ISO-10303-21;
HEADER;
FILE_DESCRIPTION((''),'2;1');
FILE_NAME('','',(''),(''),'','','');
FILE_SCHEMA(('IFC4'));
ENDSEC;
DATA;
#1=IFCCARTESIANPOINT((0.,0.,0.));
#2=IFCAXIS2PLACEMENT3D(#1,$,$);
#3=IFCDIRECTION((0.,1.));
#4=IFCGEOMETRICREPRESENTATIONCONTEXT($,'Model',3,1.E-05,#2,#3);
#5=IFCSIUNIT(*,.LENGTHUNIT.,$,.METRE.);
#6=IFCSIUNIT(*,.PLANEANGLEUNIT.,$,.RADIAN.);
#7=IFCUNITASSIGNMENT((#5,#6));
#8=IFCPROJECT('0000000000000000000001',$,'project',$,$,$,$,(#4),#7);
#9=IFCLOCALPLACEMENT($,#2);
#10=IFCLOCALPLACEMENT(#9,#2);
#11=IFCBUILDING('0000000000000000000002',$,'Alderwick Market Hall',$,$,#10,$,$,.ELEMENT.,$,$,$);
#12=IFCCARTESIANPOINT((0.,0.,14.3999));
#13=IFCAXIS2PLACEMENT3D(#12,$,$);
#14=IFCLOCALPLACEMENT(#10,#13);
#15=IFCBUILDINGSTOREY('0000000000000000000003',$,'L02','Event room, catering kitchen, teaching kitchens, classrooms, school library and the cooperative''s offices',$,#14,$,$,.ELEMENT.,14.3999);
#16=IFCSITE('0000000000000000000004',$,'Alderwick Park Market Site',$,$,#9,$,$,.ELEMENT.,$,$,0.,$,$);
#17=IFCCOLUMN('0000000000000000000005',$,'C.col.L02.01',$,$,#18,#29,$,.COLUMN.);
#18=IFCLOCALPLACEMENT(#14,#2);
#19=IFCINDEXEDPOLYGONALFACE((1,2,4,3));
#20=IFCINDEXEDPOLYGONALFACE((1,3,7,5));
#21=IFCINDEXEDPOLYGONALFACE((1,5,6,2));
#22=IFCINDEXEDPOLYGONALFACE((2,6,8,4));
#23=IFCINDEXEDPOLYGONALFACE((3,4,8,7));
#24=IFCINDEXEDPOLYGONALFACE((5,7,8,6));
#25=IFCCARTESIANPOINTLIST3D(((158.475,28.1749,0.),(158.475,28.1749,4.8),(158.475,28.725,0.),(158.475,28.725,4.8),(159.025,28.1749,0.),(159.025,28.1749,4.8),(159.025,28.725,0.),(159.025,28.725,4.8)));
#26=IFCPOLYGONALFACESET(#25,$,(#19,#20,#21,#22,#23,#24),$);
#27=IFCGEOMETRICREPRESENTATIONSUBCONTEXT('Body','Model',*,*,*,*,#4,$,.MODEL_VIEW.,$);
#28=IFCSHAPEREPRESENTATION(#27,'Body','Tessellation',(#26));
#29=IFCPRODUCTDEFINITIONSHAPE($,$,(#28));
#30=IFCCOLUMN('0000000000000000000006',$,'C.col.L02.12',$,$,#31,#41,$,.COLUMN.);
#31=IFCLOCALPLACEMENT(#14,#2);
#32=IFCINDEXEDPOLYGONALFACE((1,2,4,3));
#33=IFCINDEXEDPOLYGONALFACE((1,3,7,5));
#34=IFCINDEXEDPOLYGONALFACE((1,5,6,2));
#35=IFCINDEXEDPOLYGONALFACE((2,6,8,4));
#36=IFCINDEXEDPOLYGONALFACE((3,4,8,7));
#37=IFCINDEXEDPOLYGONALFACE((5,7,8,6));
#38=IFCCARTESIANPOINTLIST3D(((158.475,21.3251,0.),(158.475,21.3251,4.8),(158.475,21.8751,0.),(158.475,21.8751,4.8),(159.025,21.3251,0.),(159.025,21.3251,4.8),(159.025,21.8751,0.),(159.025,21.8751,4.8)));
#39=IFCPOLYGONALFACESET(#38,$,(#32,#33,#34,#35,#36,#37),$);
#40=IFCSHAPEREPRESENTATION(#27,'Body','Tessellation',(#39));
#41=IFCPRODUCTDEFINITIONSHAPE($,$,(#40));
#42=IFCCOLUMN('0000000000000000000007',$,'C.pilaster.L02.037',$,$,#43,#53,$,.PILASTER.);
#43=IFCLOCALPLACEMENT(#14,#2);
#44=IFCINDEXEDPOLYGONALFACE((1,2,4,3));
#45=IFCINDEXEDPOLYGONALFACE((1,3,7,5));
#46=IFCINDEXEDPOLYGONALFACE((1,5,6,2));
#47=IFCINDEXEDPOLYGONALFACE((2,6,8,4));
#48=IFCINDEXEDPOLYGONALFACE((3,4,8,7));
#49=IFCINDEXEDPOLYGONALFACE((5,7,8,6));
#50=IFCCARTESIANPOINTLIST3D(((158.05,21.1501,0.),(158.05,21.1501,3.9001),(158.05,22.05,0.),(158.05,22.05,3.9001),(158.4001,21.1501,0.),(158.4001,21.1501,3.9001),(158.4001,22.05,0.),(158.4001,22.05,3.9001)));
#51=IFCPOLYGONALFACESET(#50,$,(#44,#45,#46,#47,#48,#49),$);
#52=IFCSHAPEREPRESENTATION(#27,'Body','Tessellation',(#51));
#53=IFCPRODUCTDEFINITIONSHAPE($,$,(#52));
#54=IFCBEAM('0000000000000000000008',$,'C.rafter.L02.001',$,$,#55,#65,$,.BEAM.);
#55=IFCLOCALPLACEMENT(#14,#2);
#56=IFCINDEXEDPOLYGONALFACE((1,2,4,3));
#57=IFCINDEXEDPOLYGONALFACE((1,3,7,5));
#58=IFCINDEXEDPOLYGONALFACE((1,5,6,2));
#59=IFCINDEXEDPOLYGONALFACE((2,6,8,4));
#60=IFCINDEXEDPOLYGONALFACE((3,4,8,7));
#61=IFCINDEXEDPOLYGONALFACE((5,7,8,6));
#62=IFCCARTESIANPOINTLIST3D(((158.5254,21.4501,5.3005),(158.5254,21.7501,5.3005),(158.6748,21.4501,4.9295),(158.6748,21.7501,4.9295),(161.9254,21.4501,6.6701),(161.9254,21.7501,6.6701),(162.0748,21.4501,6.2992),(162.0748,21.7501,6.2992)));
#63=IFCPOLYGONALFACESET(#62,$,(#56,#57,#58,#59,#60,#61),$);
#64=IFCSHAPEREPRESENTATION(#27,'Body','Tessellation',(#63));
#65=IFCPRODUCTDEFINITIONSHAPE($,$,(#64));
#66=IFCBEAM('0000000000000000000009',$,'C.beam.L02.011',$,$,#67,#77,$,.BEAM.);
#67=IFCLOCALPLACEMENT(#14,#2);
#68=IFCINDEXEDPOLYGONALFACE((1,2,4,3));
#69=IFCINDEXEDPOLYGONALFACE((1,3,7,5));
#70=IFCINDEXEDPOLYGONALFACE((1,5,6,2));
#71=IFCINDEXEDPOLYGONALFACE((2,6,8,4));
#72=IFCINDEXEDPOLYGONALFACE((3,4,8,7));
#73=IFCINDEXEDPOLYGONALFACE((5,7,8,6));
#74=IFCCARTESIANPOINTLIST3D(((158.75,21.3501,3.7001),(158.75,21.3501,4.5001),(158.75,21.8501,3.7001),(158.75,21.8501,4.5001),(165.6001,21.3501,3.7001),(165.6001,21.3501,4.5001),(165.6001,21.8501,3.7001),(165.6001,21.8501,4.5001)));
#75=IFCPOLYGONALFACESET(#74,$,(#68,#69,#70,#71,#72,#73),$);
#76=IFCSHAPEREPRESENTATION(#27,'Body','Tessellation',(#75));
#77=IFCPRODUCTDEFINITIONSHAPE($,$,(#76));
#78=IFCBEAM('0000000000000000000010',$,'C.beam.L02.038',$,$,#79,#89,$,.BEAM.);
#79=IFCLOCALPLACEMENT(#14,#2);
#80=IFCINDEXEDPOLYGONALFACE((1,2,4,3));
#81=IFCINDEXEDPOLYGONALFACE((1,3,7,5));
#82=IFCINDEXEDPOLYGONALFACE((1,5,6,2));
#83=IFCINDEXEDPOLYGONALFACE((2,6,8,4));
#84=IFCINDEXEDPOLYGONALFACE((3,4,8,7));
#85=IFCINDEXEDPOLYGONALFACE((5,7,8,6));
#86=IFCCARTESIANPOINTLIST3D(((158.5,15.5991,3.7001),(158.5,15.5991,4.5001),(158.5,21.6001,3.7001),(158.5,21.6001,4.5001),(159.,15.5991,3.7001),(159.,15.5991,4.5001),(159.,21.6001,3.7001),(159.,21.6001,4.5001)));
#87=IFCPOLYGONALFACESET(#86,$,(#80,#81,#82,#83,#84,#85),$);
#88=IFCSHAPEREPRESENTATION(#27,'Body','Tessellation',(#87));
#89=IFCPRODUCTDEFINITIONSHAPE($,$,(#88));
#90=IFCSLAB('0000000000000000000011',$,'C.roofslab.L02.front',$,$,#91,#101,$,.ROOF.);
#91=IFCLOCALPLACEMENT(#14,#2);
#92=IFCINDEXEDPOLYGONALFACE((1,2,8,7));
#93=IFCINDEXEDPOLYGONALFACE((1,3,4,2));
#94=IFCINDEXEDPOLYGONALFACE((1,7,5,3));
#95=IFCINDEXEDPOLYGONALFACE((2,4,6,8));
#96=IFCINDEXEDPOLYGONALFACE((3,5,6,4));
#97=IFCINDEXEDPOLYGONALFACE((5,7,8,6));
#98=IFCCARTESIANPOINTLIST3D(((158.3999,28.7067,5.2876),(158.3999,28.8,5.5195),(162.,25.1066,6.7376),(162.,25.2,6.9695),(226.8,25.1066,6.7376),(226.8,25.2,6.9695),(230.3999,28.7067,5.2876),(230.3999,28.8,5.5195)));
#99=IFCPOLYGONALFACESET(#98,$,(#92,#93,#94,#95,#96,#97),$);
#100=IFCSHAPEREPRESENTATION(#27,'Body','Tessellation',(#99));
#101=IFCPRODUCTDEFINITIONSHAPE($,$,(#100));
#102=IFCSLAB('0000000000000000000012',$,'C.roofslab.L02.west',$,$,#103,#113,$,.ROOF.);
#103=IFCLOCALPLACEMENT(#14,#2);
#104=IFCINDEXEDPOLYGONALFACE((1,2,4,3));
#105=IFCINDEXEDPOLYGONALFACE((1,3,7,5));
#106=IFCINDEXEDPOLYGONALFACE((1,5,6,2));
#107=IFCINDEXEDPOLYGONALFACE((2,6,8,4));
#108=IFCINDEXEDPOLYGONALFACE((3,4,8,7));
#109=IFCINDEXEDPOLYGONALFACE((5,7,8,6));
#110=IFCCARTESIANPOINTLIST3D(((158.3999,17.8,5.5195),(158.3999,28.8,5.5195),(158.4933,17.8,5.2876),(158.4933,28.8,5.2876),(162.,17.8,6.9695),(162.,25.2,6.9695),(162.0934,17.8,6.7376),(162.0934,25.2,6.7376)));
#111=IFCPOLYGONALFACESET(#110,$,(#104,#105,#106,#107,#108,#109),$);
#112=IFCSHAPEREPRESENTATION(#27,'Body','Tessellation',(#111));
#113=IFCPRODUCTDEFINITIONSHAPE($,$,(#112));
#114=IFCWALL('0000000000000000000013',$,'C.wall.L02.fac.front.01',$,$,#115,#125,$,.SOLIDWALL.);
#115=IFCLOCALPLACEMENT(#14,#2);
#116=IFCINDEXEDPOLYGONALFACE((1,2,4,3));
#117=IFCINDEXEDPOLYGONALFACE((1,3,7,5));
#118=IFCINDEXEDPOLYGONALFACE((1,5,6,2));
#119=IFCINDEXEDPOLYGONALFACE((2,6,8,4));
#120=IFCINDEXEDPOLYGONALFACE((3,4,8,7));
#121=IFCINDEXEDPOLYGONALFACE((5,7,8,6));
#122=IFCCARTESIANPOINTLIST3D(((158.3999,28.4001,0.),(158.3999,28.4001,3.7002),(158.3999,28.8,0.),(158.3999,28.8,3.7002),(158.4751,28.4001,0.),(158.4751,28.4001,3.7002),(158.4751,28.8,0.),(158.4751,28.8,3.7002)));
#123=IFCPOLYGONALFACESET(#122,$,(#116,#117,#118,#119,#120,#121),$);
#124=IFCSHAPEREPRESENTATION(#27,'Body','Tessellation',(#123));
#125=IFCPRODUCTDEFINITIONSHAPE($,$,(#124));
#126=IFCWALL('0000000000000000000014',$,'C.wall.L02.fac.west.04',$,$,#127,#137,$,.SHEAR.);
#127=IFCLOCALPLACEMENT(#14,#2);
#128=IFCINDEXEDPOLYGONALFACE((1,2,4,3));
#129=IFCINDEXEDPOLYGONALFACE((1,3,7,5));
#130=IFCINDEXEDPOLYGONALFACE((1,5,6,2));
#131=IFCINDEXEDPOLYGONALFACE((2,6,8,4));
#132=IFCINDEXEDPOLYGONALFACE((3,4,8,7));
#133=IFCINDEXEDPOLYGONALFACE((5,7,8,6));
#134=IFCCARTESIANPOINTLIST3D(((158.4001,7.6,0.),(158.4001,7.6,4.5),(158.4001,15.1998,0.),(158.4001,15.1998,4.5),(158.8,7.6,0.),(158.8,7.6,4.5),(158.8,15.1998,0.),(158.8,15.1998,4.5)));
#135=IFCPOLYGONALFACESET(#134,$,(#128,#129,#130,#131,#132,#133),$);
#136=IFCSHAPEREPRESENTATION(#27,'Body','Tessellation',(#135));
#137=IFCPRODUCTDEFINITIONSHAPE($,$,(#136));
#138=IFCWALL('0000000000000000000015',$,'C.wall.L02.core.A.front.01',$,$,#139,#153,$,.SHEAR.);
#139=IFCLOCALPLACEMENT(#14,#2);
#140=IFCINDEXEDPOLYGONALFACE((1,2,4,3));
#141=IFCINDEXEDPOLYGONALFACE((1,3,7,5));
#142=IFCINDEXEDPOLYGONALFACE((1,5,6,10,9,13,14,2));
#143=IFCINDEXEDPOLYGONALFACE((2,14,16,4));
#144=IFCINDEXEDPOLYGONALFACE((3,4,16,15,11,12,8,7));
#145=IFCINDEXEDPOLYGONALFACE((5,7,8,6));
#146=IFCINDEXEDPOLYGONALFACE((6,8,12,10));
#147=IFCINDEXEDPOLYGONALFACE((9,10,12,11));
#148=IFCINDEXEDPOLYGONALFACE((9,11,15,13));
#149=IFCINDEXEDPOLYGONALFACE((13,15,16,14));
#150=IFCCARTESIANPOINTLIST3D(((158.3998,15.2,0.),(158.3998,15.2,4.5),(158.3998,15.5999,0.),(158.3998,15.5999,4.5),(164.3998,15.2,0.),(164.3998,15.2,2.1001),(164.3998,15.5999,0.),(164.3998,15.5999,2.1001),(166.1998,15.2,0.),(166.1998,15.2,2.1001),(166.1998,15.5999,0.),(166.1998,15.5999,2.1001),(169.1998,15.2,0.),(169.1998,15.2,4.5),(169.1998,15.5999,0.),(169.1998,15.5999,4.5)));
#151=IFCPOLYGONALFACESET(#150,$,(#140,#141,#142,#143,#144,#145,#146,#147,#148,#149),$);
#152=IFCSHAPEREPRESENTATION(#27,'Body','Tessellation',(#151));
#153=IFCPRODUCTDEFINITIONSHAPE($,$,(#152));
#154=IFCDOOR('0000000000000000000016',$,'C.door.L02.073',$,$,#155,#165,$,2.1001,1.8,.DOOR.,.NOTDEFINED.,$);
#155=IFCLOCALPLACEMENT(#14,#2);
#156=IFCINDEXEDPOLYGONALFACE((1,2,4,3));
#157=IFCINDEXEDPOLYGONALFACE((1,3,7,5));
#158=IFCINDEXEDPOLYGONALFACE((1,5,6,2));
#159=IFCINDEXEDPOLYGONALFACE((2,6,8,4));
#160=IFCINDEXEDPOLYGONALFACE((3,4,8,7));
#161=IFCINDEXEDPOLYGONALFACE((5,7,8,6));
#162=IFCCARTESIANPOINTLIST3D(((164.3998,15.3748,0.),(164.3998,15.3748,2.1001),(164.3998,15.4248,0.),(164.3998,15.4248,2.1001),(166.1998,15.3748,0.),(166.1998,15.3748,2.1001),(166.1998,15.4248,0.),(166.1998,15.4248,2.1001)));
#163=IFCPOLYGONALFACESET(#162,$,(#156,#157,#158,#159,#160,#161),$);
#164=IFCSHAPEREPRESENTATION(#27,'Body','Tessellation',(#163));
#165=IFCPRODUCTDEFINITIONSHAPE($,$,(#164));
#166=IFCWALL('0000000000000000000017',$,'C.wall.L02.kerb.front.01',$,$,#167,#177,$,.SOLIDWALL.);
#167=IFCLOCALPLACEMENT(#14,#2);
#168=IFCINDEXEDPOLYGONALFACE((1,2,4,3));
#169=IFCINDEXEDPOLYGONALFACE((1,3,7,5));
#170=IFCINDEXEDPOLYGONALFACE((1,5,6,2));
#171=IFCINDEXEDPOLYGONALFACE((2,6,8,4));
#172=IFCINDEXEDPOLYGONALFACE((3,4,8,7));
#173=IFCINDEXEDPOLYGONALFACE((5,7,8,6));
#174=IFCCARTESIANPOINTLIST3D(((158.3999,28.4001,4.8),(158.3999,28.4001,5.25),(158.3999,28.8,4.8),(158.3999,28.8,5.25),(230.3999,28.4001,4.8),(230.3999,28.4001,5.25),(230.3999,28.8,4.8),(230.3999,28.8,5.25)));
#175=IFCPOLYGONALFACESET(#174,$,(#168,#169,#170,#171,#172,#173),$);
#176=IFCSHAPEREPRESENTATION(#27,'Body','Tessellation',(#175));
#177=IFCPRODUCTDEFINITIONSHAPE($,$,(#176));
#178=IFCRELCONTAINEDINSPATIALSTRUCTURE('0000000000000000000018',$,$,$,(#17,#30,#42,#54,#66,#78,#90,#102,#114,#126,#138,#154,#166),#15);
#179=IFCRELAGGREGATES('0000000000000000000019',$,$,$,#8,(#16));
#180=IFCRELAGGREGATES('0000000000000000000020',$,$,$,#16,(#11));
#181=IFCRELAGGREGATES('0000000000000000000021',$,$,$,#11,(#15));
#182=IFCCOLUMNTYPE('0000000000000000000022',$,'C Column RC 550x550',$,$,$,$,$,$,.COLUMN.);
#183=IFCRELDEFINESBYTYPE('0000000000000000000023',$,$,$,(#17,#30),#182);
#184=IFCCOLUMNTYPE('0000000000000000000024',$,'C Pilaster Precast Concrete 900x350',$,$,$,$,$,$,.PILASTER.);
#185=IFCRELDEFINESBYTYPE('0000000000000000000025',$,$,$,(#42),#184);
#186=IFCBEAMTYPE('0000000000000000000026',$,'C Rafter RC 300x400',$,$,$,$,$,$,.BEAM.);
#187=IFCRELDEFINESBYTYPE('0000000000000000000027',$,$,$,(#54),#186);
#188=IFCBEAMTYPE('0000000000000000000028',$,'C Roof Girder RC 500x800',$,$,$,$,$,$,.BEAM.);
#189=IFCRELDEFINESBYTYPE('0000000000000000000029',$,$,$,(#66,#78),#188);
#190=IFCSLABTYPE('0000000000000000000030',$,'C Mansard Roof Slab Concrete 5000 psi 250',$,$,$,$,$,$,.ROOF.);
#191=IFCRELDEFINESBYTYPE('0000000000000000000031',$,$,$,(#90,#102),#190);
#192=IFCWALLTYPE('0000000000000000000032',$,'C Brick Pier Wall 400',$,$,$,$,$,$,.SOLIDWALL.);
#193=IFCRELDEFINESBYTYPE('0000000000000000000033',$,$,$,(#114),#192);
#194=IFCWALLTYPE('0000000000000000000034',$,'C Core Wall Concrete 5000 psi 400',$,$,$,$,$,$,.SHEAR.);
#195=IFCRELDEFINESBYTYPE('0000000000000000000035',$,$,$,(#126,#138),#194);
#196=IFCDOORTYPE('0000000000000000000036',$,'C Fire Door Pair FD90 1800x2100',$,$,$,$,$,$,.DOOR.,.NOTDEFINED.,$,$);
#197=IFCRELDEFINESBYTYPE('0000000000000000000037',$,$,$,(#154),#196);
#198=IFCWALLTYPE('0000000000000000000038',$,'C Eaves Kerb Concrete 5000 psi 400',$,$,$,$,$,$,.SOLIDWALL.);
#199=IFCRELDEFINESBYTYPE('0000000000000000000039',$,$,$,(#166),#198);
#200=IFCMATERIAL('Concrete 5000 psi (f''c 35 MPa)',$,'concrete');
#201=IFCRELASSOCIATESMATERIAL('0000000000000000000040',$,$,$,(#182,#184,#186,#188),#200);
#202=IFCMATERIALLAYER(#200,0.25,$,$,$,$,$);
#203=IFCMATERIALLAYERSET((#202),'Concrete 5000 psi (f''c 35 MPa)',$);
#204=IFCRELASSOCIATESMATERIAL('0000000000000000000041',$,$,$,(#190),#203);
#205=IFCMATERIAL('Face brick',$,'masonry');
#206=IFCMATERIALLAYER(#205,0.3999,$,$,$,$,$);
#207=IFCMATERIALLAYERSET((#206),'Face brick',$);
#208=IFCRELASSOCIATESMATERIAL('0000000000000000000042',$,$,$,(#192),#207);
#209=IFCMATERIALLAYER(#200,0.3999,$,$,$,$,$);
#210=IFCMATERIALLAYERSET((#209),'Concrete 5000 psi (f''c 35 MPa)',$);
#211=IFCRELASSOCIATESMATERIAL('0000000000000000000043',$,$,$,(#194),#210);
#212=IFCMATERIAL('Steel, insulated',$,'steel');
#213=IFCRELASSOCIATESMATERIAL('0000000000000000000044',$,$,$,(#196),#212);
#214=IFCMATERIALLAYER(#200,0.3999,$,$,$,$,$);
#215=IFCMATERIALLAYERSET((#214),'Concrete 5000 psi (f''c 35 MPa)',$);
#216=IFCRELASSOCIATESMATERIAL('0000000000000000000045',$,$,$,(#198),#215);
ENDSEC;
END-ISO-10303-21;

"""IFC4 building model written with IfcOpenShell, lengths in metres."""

from ifc_helpers import new_model, si_unit, direction, frame, frame_2d, origin, origin_2d, place, context, subcontext, project, spatial, polyline, rectangle, outline, extrude, material, layer, layer_set, material_profile, profile_set, type_object, element, fill, save


model = new_model("IFC4")

# Units and contexts
model_context = context("Model", 3, precision=1e-05, world=origin(), true_north=direction((0.0, 1.0)))
body_context = subcontext(model_context, "Body", "Model", "MODEL_VIEW")
ifc_project = project(units=[si_unit("LENGTHUNIT", "METRE"), si_unit("PLANEANGLEUNIT", "RADIAN")], contexts=[model_context])

# Site, building, storey
site_placement = place(None, origin())
site = spatial("IfcSite", under=ifc_project, at=site_placement, Name="Alderwick Park Market Site", CompositionType="ELEMENT", RefElevation=0.0)
building_placement = place(site_placement, origin())
building = spatial("IfcBuilding", under=site, at=building_placement, Name="Alderwick Market Hall", CompositionType="ELEMENT")
storey_placement = place(building_placement, frame((0.0, 0.0, 14.3999)))
storey = spatial("IfcBuildingStorey", under=building, at=storey_placement, Name="L02", Description="Event room, catering kitchen, teaching kitchens, classrooms, school library and the cooperative's offices", CompositionType="ELEMENT", Elevation=14.3999)

# Columns
ifc_material_1 = material(Name="Concrete 5000 psi (f'c 35 MPa)", Category="concrete")
ifc_material_profile_1 = material_profile(ifc_material_1, rectangle(XDim=0.55, YDim=0.55, at=origin_2d()), Name="RC 550x550")
ifc_profile_set_1 = profile_set([ifc_material_profile_1], Name="Concrete 5000 psi (f'c 35 MPa)")
column_type_1 = type_object("IfcColumnType", Name="C Column RC 550x550", PredefinedType="COLUMN", material=ifc_profile_set_1)
for number, where, z_axis, x_axis, name in (
    (1, (158.75, 28.45, 0.0), (0.0, 0.0, 1.0), (1.0, 0.0, 0.0), "C.col.L02.01"),
    (2, (158.75, 21.6001, 0.0), (0.0, 0.0, 1.0), (1.0, 0.0, 0.0), "C.col.L02.12"),
):
    element("IfcColumn", number, at=place(storey_placement, frame(where, z_axis=z_axis, x_axis=x_axis)), inside=storey, type_object=column_type_1, Name=name, PredefinedType="COLUMN", context=body_context, shape_type="SweptSolid", body=[
        extrude(rectangle(XDim=0.55, YDim=0.55, at=origin_2d()), origin(), (0.0, 0.0, 1.0), 4.8),
    ])
ifc_material_profile_2 = material_profile(ifc_material_1, rectangle(XDim=0.8999, YDim=0.3501, at=origin_2d()), Name="PC 900x350")
ifc_profile_set_2 = profile_set([ifc_material_profile_2], Name="Concrete 5000 psi (f'c 35 MPa)")
column_type_2 = type_object("IfcColumnType", Name="C Pilaster Precast Concrete 900x350", PredefinedType="PILASTER", material=ifc_profile_set_2)
column_placement = place(storey_placement, frame((158.2251, 21.6001, 0.0), z_axis=(0.0, 0.0, 1.0), x_axis=(0.0, 1.0, 0.0)))
element("IfcColumn", 3, at=column_placement, inside=storey, type_object=column_type_2, Name="C.pilaster.L02.037", PredefinedType="PILASTER", context=body_context, shape_type="SweptSolid", body=[
    extrude(rectangle(XDim=0.8999, YDim=0.3501, at=origin_2d()), origin(), (0.0, 0.0, 1.0), 3.9001),
])

# Beams
ifc_material_profile_3 = material_profile(ifc_material_1, rectangle(XDim=0.3, YDim=0.3999, at=origin_2d()), Name="RC 300x400")
ifc_profile_set_3 = profile_set([ifc_material_profile_3], Name="Concrete 5000 psi (f'c 35 MPa)")
beam_type_1 = type_object("IfcBeamType", Name="C Rafter RC 300x400", PredefinedType="BEAM", material=ifc_profile_set_3)
beam_1_placement = place(storey_placement, frame((158.6001, 21.6001, 5.115), z_axis=(0.927564, 0.0, 0.373663), x_axis=(0.0, 1.0, 0.0)))
element("IfcBeam", 4, at=beam_1_placement, inside=storey, type_object=beam_type_1, Name="C.rafter.L02.001", PredefinedType="BEAM", context=body_context, shape_type="SweptSolid", body=[
    extrude(rectangle(XDim=0.3, YDim=0.3999, at=origin_2d()), origin(), (0.0, 0.0, 1.0), 3.6655),
])
ifc_material_profile_4 = material_profile(ifc_material_1, rectangle(XDim=0.5, YDim=0.8, at=origin_2d()), Name="RC 500x800")
ifc_profile_set_4 = profile_set([ifc_material_profile_4], Name="Concrete 5000 psi (f'c 35 MPa)")
beam_type_2 = type_object("IfcBeamType", Name="C Roof Girder RC 500x800", PredefinedType="BEAM", material=ifc_profile_set_4)
beam_2_placement = place(storey_placement, frame((158.75, 21.6001, 4.1001), z_axis=(1.0, 0.0, 0.0), x_axis=(0.0, 1.0, 0.0)))
element("IfcBeam", 5, at=beam_2_placement, inside=storey, type_object=beam_type_2, Name="C.beam.L02.011", PredefinedType="BEAM", context=body_context, shape_type="SweptSolid", body=[
    extrude(rectangle(XDim=0.5, YDim=0.8, at=origin_2d()), origin(), (0.0, 0.0, 1.0), 6.8501),
])
beam_3_placement = place(storey_placement, frame((158.75, 21.6001, 4.1001), z_axis=(0.0, -1.0, 0.0), x_axis=(1.0, 0.0, 0.0)))
element("IfcBeam", 6, at=beam_3_placement, inside=storey, type_object=beam_type_2, Name="C.beam.L02.038", PredefinedType="BEAM", context=body_context, shape_type="SweptSolid", body=[
    extrude(rectangle(XDim=0.5, YDim=0.8, at=origin_2d()), origin(), (0.0, 0.0, 1.0), 6.001),
])

# Slabs
ifc_layer_1 = layer(ifc_material_1, 0.25)
ifc_layer_set_1 = layer_set([ifc_layer_1], Name="Concrete 5000 psi (f'c 35 MPa)")
slab_type = type_object("IfcSlabType", Name="C Mansard Roof Slab Concrete 5000 psi 250", PredefinedType="ROOF", material=ifc_layer_set_1)
slab_1_placement = place(storey_placement, frame((158.3999, 28.8, 5.5195), z_axis=(0.0, 0.373591, 0.927593), x_axis=(1.0, 0.0, 0.0)))
element("IfcSlab", 7, at=slab_1_placement, inside=storey, type_object=slab_type, Name="C.roofslab.L02.front", PredefinedType="ROOF", context=body_context, shape_type="SweptSolid", body=[
    extrude(outline(polyline([(0.0, 0.0), (72.0, 0.0), (68.4001, -3.8811), (3.6001, -3.8811), (0.0, 0.0)])), origin(), (0.0, 0.0, -1.0), 0.25),
])
slab_2_placement = place(storey_placement, frame((158.3999, 28.8, 5.5195), z_axis=(-0.373591, 0.0, 0.927593), x_axis=(0.0, -1.0, 0.0)))
element("IfcSlab", 8, at=slab_2_placement, inside=storey, type_object=slab_type, Name="C.roofslab.L02.west", PredefinedType="ROOF", context=body_context, shape_type="SweptSolid", body=[
    extrude(outline(polyline([(0.0, 0.0), (11.0, 0.0), (11.0, 3.8811), (3.6001, 3.8811), (0.0, 0.0)])), origin(), (0.0, 0.0, -1.0), 0.25),
])

# Walls
ifc_material_2 = material(Name="Face brick", Category="masonry")
ifc_layer_2 = layer(ifc_material_2, 0.3999)
ifc_layer_set_2 = layer_set([ifc_layer_2], Name="Face brick")
wall_type_1 = type_object("IfcWallType", Name="C Brick Pier Wall 400", PredefinedType="SOLIDWALL", material=ifc_layer_set_2)
wall_1_placement = place(storey_placement, frame((158.3999, 28.6001, 0.0), z_axis=(0.0, 0.0, 1.0), x_axis=(1.0, 0.0, 0.0)))
element("IfcWall", 9, at=wall_1_placement, inside=storey, type_object=wall_type_1, Name="C.wall.L02.fac.front.01", PredefinedType="SOLIDWALL", context=body_context, shape_type="SweptSolid", body=[
    extrude(rectangle(XDim=0.0752, YDim=0.3999, at=frame_2d((0.0376, 0.0))), origin(), (0.0, 0.0, 1.0), 3.7002),
])
ifc_layer_3 = layer(ifc_material_1, 0.3999)
ifc_layer_set_3 = layer_set([ifc_layer_3], Name="Concrete 5000 psi (f'c 35 MPa)")
wall_type_2 = type_object("IfcWallType", Name="C Core Wall Concrete 5000 psi 400", PredefinedType="SHEAR", material=ifc_layer_set_3)
wall_2_placement = place(storey_placement, frame((158.6001, 7.6001, 0.0), z_axis=(0.0, 0.0, 1.0), x_axis=(0.0, 1.0, 0.0)))
element("IfcWall", 10, at=wall_2_placement, inside=storey, type_object=wall_type_2, Name="C.wall.L02.fac.west.04", PredefinedType="SHEAR", context=body_context, shape_type="SweptSolid", body=[
    extrude(rectangle(XDim=7.5999, YDim=0.3999, at=frame_2d((3.7998, 0.0))), origin(), (0.0, 0.0, 1.0), 4.5),
])

# Wall, opening, door
wall_3_placement = place(storey_placement, frame((158.3999, 15.3999, 0.0), z_axis=(0.0, 0.0, 1.0), x_axis=(1.0, 0.0, 0.0)))
wall_3 = element("IfcWall", 11, at=wall_3_placement, inside=storey, type_object=wall_type_2, Name="C.wall.L02.core.A.front.01", PredefinedType="SHEAR", context=body_context, shape_type="SweptSolid", body=[
    extrude(rectangle(XDim=10.8, YDim=0.3999, at=frame_2d((5.3999, 0.0))), origin(), (0.0, 0.0, 1.0), 4.5),
])
opening_1_placement = place(wall_3_placement, frame((6.0, 0.0, 0.0)))
opening_1 = element("IfcOpeningElement", 12, at=opening_1_placement, cuts=wall_3, PredefinedType="OPENING", context=body_context, shape_type="SweptSolid", body=[
    extrude(rectangle(XDim=1.8, YDim=2.1001, at=frame_2d((0.8999, 1.05))), frame((0.0, 0.21, 0.0), z_axis=(0.0, -1.0, 0.0), x_axis=(1.0, 0.0, 0.0)), (0.0, 0.0, 1.0), 0.4199),
])
ifc_material_3 = material(Name="Steel, insulated", Category="steel")
door_type_1 = type_object("IfcDoorType", Name="C Fire Door Pair FD90 1800x2100", OperationType="NOTDEFINED", PredefinedType="DOOR", material=ifc_material_3)
door_1_placement = place(opening_1_placement, origin())
door_1 = element("IfcDoor", 13, at=door_1_placement, inside=storey, type_object=door_type_1, Name="C.door.L02.073", OperationType="NOTDEFINED", OverallHeight=2.1001, OverallWidth=1.8, PredefinedType="DOOR", context=body_context, shape_type="SweptSolid", body=[
    extrude(rectangle(XDim=1.8, YDim=2.1001, at=frame_2d((0.8999, 1.05))), frame((0.0, 0.0249, 0.0), z_axis=(0.0, -1.0, 0.0), x_axis=(1.0, 0.0, 0.0)), (0.0, 0.0, 1.0), 0.05),
])
fill(opening_1, door_1)

# Wall
ifc_layer_4 = layer(ifc_material_1, 0.3999)
ifc_layer_set_4 = layer_set([ifc_layer_4], Name="Concrete 5000 psi (f'c 35 MPa)")
wall_type_3 = type_object("IfcWallType", Name="C Eaves Kerb Concrete 5000 psi 400", PredefinedType="SOLIDWALL", material=ifc_layer_set_4)
wall_4_placement = place(storey_placement, frame((158.3999, 28.6001, 4.8), z_axis=(0.0, 0.0, 1.0), x_axis=(1.0, 0.0, 0.0)))
element("IfcWall", 14, at=wall_4_placement, inside=storey, type_object=wall_type_3, Name="C.wall.L02.kerb.front.01", PredefinedType="SOLIDWALL", context=body_context, shape_type="SweptSolid", body=[
    extrude(rectangle(XDim=72.0, YDim=0.3999, at=frame_2d((36.0, 0.0))), origin(), (0.0, 0.0, 1.0), 0.45),
])

save(model, "model.ifc")
